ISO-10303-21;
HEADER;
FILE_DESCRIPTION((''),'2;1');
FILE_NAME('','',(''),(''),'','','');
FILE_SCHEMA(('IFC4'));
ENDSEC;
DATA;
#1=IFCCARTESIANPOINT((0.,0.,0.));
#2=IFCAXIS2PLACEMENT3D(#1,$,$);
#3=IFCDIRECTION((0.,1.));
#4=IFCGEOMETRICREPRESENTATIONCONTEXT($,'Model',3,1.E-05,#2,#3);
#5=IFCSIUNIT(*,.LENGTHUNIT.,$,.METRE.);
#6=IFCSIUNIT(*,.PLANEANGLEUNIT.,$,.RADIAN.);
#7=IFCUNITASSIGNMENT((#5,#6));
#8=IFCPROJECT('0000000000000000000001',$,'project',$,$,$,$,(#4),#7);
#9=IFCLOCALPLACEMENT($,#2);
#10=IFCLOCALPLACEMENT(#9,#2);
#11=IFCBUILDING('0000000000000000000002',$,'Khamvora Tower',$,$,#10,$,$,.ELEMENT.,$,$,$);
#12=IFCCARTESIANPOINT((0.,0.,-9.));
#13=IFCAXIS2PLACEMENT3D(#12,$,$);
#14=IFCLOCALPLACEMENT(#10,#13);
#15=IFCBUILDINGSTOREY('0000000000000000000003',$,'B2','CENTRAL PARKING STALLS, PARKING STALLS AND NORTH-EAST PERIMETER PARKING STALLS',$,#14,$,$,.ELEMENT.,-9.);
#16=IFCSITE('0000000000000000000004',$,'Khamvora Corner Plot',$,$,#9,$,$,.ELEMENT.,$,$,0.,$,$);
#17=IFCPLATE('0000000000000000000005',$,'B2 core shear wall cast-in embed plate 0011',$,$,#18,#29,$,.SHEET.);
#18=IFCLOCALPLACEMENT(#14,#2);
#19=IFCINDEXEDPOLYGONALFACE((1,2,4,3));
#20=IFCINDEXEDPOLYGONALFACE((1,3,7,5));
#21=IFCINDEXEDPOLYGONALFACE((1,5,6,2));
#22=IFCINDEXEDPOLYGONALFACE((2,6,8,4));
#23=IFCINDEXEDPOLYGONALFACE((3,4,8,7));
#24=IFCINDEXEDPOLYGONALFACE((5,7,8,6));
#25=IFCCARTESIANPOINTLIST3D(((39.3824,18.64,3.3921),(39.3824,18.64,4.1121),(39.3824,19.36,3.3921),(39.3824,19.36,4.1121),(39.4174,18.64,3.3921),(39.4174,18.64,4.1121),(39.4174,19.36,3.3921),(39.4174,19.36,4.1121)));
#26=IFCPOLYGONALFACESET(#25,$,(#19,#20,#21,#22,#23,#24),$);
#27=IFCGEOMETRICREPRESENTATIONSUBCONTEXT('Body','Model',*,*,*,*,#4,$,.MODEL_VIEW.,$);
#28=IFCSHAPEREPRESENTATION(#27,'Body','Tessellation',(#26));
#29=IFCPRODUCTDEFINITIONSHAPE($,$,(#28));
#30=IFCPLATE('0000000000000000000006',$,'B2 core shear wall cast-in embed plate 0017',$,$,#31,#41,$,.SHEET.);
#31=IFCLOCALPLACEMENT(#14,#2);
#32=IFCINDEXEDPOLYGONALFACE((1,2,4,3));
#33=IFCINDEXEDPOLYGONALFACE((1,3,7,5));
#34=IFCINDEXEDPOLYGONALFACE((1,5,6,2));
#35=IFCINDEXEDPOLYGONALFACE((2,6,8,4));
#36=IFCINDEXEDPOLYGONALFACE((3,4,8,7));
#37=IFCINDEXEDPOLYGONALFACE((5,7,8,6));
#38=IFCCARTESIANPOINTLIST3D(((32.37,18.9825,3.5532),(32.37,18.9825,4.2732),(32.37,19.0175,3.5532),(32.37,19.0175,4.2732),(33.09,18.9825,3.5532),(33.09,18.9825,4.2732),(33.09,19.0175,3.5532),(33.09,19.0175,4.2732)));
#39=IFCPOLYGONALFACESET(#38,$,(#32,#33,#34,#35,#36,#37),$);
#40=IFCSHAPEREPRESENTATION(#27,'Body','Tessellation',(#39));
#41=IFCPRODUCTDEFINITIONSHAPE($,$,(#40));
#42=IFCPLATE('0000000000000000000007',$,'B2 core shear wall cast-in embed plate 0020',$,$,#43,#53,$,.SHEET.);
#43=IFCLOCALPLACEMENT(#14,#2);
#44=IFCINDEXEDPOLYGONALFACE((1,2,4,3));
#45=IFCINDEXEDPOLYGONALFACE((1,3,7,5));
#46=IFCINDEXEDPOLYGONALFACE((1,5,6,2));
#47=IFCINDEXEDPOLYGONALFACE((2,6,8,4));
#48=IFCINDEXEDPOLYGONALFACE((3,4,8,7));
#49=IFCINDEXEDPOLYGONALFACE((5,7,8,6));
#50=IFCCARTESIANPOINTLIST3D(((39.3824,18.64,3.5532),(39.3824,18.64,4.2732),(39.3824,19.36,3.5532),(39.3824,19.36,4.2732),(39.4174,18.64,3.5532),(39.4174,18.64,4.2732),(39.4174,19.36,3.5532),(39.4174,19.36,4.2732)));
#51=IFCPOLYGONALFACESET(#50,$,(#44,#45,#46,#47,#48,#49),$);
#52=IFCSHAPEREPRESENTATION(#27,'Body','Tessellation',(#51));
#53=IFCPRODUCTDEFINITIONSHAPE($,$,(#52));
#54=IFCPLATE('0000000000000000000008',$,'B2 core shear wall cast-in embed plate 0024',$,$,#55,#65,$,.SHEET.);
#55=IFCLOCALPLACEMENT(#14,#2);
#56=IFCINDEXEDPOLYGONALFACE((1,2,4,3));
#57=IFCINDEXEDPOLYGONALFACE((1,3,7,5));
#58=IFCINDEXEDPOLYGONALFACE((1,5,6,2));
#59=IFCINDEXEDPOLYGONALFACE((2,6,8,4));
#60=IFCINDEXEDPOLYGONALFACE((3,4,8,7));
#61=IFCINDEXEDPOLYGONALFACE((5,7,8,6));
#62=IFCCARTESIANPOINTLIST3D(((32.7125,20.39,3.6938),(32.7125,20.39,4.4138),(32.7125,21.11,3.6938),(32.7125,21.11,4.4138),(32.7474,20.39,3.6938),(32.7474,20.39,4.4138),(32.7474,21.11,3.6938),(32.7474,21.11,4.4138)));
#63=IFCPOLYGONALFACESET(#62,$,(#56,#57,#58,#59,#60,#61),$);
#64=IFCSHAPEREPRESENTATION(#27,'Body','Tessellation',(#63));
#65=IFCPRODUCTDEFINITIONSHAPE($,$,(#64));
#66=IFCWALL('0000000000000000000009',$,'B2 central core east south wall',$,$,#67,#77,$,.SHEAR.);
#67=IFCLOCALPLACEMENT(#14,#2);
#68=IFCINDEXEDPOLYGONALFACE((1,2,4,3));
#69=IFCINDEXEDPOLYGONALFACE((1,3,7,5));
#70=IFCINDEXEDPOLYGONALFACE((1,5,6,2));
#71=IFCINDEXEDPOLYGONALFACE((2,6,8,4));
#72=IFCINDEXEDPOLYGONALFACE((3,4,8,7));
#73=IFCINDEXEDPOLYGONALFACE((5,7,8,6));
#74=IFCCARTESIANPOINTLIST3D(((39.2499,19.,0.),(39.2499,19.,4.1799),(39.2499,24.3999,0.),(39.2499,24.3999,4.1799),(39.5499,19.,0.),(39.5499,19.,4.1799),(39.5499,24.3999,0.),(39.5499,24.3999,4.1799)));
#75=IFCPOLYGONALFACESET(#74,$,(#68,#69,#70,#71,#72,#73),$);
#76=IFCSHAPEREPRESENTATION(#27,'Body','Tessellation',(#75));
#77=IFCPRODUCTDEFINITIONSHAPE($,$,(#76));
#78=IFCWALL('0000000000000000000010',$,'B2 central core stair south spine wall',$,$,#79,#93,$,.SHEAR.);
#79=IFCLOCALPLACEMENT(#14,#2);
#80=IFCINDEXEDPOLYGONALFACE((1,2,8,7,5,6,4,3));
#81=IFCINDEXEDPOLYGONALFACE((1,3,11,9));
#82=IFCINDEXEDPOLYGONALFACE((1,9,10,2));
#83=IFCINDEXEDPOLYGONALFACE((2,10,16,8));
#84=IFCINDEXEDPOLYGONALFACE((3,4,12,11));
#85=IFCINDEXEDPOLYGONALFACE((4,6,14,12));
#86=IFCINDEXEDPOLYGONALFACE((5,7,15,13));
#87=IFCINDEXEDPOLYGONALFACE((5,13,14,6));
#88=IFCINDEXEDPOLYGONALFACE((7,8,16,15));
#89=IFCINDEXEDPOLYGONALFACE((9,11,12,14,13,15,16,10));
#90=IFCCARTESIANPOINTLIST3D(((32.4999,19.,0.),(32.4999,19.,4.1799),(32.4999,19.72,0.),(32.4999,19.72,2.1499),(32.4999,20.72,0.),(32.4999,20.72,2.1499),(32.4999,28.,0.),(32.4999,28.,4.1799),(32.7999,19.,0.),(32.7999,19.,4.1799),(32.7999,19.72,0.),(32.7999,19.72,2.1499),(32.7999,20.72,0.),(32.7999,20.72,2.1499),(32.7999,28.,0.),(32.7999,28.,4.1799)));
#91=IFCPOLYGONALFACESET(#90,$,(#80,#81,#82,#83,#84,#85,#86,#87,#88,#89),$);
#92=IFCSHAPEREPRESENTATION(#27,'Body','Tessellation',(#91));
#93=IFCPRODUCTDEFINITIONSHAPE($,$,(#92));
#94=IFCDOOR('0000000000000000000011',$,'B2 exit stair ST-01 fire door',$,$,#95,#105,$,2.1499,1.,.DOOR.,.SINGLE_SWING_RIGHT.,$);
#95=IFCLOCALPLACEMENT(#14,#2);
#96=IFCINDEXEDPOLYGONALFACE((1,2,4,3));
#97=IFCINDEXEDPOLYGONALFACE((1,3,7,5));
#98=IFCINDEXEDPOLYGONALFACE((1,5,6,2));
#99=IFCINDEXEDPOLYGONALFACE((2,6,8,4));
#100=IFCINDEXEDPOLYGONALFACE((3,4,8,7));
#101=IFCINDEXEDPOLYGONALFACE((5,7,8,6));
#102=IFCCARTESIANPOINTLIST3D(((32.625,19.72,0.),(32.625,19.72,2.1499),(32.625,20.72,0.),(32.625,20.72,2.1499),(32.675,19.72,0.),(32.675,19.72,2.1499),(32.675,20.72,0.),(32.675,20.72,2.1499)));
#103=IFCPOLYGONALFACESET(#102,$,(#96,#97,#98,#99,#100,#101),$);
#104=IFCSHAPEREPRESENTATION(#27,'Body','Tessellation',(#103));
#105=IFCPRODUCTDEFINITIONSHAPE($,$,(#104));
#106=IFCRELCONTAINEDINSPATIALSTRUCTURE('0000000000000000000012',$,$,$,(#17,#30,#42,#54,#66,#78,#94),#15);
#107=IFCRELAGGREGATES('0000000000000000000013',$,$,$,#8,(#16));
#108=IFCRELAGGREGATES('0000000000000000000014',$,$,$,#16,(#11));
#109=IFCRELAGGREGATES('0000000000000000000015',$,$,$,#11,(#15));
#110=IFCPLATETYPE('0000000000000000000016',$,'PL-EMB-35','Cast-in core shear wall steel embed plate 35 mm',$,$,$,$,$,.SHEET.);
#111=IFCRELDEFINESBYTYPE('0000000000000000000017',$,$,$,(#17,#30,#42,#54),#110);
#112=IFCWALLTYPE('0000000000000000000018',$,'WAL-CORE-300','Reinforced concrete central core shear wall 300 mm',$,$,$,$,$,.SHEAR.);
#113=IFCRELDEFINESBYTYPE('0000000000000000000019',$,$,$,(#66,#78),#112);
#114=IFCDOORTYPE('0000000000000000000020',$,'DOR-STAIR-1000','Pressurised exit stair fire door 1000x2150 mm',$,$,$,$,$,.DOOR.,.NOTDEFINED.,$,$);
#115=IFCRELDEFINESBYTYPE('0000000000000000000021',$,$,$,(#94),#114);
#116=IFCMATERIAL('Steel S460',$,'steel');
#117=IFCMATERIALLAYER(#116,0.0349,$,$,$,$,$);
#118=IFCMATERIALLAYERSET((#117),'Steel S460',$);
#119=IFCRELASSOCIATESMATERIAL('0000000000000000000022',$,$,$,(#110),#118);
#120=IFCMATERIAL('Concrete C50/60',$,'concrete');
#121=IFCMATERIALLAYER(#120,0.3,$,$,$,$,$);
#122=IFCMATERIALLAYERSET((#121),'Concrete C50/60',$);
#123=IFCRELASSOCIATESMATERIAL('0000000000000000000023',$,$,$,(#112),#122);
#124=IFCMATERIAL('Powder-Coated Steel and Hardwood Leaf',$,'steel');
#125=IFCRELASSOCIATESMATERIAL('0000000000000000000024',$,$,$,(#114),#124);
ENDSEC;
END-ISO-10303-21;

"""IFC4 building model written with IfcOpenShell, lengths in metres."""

from ifc_helpers import new_model, si_unit, direction, frame, frame_2d, origin, origin_2d, place, context, subcontext, project, spatial, rectangle, extrude, material, layer, layer_set, type_object, element, fill, save


model = new_model("IFC4")

# Units and contexts
model_context = context("Model", 3, precision=1e-05, world=origin(), true_north=direction((0.0, 1.0)))
body_context = subcontext(model_context, "Body", "Model", "MODEL_VIEW")
ifc_project = project(units=[si_unit("LENGTHUNIT", "METRE"), si_unit("PLANEANGLEUNIT", "RADIAN")], contexts=[model_context])

# Site, building, storey
site_placement = place(None, origin())
site = spatial("IfcSite", under=ifc_project, at=site_placement, Name="Khamvora Corner Plot", CompositionType="ELEMENT", RefElevation=0.0)
building_placement = place(site_placement, origin())
building = spatial("IfcBuilding", under=site, at=building_placement, Name="Khamvora Tower", CompositionType="ELEMENT")
storey_placement = place(building_placement, frame((0.0, 0.0, -9.0)))
storey = spatial("IfcBuildingStorey", under=building, at=storey_placement, Name="B2", Description="CENTRAL PARKING STALLS, PARKING STALLS AND NORTH-EAST PERIMETER PARKING STALLS", CompositionType="ELEMENT", Elevation=-9.0)

# Shared definitions
ifc_material_1 = material(Name="Steel S460", Category="steel")

# Plates
ifc_layer_1 = layer(ifc_material_1, 0.0349)
ifc_layer_set_1 = layer_set([ifc_layer_1], Name="Steel S460")
plate_type = type_object("IfcPlateType", Name="PL-EMB-35", Description="Cast-in core shear wall steel embed plate 35 mm", PredefinedType="SHEET", material=ifc_layer_set_1)
plate_1_placement = place(storey_placement, frame((39.3999, 19.0, 3.3921), z_axis=(0.0, 0.0, 1.0), x_axis=(1.0, 0.0, 0.0)))
element("IfcPlate", 1, at=plate_1_placement, inside=storey, type_object=plate_type, Name="B2 core shear wall cast-in embed plate 0011", PredefinedType="SHEET", context=body_context, shape_type="SweptSolid", body=[
    extrude(rectangle(XDim=0.0349, YDim=0.72, at=origin_2d()), origin(), (0.0, 0.0, 1.0), 0.72),
])
plate_2_placement = place(storey_placement, frame((32.73, 19.0, 3.5532), z_axis=(0.0, 0.0, 1.0), x_axis=(1.0, 0.0, 0.0)))
element("IfcPlate", 2, at=plate_2_placement, inside=storey, type_object=plate_type, Name="B2 core shear wall cast-in embed plate 0017", PredefinedType="SHEET", context=body_context, shape_type="SweptSolid", body=[
    extrude(rectangle(XDim=0.72, YDim=0.0349, at=origin_2d()), origin(), (0.0, 0.0, 1.0), 0.72),
])
for number, where, z_axis, x_axis, name in (
    (3, (39.3999, 19.0, 3.5532), (0.0, 0.0, 1.0), (1.0, 0.0, 0.0), "B2 core shear wall cast-in embed plate 0020"),
    (4, (32.73, 20.75, 3.6938), (0.0, 0.0, 1.0), (1.0, 0.0, 0.0), "B2 core shear wall cast-in embed plate 0024"),
):
    element("IfcPlate", number, at=place(storey_placement, frame(where, z_axis=z_axis, x_axis=x_axis)), inside=storey, type_object=plate_type, Name=name, PredefinedType="SHEET", context=body_context, shape_type="SweptSolid", body=[
        extrude(rectangle(XDim=0.0349, YDim=0.72, at=origin_2d()), origin(), (0.0, 0.0, 1.0), 0.72),
    ])

# Wall
ifc_material_2 = material(Name="Concrete C50/60", Category="concrete")
ifc_layer_2 = layer(ifc_material_2, 0.3)
ifc_layer_set_2 = layer_set([ifc_layer_2], Name="Concrete C50/60")
wall_type = type_object("IfcWallType", Name="WAL-CORE-300", Description="Reinforced concrete central core shear wall 300 mm", PredefinedType="SHEAR", material=ifc_layer_set_2)
wall_1_placement = place(storey_placement, frame((39.3999, 19.0, 0.0), z_axis=(0.0, 0.0, 1.0), x_axis=(0.0, 1.0, 0.0)))
element("IfcWall", 5, at=wall_1_placement, inside=storey, type_object=wall_type, Name="B2 central core east south wall", PredefinedType="SHEAR", context=body_context, shape_type="SweptSolid", body=[
    extrude(rectangle(XDim=5.3999, YDim=0.3, at=frame_2d((2.7, 0.0))), origin(), (0.0, 0.0, 1.0), 4.1799),
])

# Wall, opening, door
wall_2_placement = place(storey_placement, frame((32.6499, 19.0, 0.0), z_axis=(0.0, 0.0, 1.0), x_axis=(0.0, 1.0, 0.0)))
wall_2 = element("IfcWall", 6, at=wall_2_placement, inside=storey, type_object=wall_type, Name="B2 central core stair south spine wall", PredefinedType="SHEAR", context=body_context, shape_type="SweptSolid", body=[
    extrude(rectangle(XDim=9.0, YDim=0.3, at=frame_2d((4.5, 0.0))), origin(), (0.0, 0.0, 1.0), 4.1799),
])
opening_1_placement = place(wall_2_placement, frame((0.72, 0.0, 0.0)))
opening_1 = element("IfcOpeningElement", 7, at=opening_1_placement, cuts=wall_2, PredefinedType="OPENING", context=body_context, shape_type="SweptSolid", body=[
    extrude(rectangle(XDim=1.0, YDim=2.1499, at=frame_2d((0.5, 1.075))), frame((0.0, 0.1599, 0.0), z_axis=(0.0, -1.0, 0.0), x_axis=(1.0, 0.0, 0.0)), (0.0, 0.0, 1.0), 0.3201),
])
ifc_material_3 = material(Name="Powder-Coated Steel and Hardwood Leaf", Category="steel")
door_type_1 = type_object("IfcDoorType", Name="DOR-STAIR-1000", Description="Pressurised exit stair fire door 1000x2150 mm", OperationType="NOTDEFINED", PredefinedType="DOOR", material=ifc_material_3)
door_1_placement = place(opening_1_placement, origin())
door_1 = element("IfcDoor", 8, at=door_1_placement, inside=storey, type_object=door_type_1, Name="B2 exit stair ST-01 fire door", OperationType="SINGLE_SWING_RIGHT", OverallHeight=2.1499, OverallWidth=1.0, PredefinedType="DOOR", context=body_context, shape_type="SweptSolid", body=[
    extrude(rectangle(XDim=1.0, YDim=2.1499, at=frame_2d((0.5, 1.075))), frame((0.0, 0.0249, 0.0), z_axis=(0.0, -1.0, 0.0), x_axis=(1.0, 0.0, 0.0)), (0.0, 0.0, 1.0), 0.05),
])
fill(opening_1, door_1)

save(model, "model.ifc")
